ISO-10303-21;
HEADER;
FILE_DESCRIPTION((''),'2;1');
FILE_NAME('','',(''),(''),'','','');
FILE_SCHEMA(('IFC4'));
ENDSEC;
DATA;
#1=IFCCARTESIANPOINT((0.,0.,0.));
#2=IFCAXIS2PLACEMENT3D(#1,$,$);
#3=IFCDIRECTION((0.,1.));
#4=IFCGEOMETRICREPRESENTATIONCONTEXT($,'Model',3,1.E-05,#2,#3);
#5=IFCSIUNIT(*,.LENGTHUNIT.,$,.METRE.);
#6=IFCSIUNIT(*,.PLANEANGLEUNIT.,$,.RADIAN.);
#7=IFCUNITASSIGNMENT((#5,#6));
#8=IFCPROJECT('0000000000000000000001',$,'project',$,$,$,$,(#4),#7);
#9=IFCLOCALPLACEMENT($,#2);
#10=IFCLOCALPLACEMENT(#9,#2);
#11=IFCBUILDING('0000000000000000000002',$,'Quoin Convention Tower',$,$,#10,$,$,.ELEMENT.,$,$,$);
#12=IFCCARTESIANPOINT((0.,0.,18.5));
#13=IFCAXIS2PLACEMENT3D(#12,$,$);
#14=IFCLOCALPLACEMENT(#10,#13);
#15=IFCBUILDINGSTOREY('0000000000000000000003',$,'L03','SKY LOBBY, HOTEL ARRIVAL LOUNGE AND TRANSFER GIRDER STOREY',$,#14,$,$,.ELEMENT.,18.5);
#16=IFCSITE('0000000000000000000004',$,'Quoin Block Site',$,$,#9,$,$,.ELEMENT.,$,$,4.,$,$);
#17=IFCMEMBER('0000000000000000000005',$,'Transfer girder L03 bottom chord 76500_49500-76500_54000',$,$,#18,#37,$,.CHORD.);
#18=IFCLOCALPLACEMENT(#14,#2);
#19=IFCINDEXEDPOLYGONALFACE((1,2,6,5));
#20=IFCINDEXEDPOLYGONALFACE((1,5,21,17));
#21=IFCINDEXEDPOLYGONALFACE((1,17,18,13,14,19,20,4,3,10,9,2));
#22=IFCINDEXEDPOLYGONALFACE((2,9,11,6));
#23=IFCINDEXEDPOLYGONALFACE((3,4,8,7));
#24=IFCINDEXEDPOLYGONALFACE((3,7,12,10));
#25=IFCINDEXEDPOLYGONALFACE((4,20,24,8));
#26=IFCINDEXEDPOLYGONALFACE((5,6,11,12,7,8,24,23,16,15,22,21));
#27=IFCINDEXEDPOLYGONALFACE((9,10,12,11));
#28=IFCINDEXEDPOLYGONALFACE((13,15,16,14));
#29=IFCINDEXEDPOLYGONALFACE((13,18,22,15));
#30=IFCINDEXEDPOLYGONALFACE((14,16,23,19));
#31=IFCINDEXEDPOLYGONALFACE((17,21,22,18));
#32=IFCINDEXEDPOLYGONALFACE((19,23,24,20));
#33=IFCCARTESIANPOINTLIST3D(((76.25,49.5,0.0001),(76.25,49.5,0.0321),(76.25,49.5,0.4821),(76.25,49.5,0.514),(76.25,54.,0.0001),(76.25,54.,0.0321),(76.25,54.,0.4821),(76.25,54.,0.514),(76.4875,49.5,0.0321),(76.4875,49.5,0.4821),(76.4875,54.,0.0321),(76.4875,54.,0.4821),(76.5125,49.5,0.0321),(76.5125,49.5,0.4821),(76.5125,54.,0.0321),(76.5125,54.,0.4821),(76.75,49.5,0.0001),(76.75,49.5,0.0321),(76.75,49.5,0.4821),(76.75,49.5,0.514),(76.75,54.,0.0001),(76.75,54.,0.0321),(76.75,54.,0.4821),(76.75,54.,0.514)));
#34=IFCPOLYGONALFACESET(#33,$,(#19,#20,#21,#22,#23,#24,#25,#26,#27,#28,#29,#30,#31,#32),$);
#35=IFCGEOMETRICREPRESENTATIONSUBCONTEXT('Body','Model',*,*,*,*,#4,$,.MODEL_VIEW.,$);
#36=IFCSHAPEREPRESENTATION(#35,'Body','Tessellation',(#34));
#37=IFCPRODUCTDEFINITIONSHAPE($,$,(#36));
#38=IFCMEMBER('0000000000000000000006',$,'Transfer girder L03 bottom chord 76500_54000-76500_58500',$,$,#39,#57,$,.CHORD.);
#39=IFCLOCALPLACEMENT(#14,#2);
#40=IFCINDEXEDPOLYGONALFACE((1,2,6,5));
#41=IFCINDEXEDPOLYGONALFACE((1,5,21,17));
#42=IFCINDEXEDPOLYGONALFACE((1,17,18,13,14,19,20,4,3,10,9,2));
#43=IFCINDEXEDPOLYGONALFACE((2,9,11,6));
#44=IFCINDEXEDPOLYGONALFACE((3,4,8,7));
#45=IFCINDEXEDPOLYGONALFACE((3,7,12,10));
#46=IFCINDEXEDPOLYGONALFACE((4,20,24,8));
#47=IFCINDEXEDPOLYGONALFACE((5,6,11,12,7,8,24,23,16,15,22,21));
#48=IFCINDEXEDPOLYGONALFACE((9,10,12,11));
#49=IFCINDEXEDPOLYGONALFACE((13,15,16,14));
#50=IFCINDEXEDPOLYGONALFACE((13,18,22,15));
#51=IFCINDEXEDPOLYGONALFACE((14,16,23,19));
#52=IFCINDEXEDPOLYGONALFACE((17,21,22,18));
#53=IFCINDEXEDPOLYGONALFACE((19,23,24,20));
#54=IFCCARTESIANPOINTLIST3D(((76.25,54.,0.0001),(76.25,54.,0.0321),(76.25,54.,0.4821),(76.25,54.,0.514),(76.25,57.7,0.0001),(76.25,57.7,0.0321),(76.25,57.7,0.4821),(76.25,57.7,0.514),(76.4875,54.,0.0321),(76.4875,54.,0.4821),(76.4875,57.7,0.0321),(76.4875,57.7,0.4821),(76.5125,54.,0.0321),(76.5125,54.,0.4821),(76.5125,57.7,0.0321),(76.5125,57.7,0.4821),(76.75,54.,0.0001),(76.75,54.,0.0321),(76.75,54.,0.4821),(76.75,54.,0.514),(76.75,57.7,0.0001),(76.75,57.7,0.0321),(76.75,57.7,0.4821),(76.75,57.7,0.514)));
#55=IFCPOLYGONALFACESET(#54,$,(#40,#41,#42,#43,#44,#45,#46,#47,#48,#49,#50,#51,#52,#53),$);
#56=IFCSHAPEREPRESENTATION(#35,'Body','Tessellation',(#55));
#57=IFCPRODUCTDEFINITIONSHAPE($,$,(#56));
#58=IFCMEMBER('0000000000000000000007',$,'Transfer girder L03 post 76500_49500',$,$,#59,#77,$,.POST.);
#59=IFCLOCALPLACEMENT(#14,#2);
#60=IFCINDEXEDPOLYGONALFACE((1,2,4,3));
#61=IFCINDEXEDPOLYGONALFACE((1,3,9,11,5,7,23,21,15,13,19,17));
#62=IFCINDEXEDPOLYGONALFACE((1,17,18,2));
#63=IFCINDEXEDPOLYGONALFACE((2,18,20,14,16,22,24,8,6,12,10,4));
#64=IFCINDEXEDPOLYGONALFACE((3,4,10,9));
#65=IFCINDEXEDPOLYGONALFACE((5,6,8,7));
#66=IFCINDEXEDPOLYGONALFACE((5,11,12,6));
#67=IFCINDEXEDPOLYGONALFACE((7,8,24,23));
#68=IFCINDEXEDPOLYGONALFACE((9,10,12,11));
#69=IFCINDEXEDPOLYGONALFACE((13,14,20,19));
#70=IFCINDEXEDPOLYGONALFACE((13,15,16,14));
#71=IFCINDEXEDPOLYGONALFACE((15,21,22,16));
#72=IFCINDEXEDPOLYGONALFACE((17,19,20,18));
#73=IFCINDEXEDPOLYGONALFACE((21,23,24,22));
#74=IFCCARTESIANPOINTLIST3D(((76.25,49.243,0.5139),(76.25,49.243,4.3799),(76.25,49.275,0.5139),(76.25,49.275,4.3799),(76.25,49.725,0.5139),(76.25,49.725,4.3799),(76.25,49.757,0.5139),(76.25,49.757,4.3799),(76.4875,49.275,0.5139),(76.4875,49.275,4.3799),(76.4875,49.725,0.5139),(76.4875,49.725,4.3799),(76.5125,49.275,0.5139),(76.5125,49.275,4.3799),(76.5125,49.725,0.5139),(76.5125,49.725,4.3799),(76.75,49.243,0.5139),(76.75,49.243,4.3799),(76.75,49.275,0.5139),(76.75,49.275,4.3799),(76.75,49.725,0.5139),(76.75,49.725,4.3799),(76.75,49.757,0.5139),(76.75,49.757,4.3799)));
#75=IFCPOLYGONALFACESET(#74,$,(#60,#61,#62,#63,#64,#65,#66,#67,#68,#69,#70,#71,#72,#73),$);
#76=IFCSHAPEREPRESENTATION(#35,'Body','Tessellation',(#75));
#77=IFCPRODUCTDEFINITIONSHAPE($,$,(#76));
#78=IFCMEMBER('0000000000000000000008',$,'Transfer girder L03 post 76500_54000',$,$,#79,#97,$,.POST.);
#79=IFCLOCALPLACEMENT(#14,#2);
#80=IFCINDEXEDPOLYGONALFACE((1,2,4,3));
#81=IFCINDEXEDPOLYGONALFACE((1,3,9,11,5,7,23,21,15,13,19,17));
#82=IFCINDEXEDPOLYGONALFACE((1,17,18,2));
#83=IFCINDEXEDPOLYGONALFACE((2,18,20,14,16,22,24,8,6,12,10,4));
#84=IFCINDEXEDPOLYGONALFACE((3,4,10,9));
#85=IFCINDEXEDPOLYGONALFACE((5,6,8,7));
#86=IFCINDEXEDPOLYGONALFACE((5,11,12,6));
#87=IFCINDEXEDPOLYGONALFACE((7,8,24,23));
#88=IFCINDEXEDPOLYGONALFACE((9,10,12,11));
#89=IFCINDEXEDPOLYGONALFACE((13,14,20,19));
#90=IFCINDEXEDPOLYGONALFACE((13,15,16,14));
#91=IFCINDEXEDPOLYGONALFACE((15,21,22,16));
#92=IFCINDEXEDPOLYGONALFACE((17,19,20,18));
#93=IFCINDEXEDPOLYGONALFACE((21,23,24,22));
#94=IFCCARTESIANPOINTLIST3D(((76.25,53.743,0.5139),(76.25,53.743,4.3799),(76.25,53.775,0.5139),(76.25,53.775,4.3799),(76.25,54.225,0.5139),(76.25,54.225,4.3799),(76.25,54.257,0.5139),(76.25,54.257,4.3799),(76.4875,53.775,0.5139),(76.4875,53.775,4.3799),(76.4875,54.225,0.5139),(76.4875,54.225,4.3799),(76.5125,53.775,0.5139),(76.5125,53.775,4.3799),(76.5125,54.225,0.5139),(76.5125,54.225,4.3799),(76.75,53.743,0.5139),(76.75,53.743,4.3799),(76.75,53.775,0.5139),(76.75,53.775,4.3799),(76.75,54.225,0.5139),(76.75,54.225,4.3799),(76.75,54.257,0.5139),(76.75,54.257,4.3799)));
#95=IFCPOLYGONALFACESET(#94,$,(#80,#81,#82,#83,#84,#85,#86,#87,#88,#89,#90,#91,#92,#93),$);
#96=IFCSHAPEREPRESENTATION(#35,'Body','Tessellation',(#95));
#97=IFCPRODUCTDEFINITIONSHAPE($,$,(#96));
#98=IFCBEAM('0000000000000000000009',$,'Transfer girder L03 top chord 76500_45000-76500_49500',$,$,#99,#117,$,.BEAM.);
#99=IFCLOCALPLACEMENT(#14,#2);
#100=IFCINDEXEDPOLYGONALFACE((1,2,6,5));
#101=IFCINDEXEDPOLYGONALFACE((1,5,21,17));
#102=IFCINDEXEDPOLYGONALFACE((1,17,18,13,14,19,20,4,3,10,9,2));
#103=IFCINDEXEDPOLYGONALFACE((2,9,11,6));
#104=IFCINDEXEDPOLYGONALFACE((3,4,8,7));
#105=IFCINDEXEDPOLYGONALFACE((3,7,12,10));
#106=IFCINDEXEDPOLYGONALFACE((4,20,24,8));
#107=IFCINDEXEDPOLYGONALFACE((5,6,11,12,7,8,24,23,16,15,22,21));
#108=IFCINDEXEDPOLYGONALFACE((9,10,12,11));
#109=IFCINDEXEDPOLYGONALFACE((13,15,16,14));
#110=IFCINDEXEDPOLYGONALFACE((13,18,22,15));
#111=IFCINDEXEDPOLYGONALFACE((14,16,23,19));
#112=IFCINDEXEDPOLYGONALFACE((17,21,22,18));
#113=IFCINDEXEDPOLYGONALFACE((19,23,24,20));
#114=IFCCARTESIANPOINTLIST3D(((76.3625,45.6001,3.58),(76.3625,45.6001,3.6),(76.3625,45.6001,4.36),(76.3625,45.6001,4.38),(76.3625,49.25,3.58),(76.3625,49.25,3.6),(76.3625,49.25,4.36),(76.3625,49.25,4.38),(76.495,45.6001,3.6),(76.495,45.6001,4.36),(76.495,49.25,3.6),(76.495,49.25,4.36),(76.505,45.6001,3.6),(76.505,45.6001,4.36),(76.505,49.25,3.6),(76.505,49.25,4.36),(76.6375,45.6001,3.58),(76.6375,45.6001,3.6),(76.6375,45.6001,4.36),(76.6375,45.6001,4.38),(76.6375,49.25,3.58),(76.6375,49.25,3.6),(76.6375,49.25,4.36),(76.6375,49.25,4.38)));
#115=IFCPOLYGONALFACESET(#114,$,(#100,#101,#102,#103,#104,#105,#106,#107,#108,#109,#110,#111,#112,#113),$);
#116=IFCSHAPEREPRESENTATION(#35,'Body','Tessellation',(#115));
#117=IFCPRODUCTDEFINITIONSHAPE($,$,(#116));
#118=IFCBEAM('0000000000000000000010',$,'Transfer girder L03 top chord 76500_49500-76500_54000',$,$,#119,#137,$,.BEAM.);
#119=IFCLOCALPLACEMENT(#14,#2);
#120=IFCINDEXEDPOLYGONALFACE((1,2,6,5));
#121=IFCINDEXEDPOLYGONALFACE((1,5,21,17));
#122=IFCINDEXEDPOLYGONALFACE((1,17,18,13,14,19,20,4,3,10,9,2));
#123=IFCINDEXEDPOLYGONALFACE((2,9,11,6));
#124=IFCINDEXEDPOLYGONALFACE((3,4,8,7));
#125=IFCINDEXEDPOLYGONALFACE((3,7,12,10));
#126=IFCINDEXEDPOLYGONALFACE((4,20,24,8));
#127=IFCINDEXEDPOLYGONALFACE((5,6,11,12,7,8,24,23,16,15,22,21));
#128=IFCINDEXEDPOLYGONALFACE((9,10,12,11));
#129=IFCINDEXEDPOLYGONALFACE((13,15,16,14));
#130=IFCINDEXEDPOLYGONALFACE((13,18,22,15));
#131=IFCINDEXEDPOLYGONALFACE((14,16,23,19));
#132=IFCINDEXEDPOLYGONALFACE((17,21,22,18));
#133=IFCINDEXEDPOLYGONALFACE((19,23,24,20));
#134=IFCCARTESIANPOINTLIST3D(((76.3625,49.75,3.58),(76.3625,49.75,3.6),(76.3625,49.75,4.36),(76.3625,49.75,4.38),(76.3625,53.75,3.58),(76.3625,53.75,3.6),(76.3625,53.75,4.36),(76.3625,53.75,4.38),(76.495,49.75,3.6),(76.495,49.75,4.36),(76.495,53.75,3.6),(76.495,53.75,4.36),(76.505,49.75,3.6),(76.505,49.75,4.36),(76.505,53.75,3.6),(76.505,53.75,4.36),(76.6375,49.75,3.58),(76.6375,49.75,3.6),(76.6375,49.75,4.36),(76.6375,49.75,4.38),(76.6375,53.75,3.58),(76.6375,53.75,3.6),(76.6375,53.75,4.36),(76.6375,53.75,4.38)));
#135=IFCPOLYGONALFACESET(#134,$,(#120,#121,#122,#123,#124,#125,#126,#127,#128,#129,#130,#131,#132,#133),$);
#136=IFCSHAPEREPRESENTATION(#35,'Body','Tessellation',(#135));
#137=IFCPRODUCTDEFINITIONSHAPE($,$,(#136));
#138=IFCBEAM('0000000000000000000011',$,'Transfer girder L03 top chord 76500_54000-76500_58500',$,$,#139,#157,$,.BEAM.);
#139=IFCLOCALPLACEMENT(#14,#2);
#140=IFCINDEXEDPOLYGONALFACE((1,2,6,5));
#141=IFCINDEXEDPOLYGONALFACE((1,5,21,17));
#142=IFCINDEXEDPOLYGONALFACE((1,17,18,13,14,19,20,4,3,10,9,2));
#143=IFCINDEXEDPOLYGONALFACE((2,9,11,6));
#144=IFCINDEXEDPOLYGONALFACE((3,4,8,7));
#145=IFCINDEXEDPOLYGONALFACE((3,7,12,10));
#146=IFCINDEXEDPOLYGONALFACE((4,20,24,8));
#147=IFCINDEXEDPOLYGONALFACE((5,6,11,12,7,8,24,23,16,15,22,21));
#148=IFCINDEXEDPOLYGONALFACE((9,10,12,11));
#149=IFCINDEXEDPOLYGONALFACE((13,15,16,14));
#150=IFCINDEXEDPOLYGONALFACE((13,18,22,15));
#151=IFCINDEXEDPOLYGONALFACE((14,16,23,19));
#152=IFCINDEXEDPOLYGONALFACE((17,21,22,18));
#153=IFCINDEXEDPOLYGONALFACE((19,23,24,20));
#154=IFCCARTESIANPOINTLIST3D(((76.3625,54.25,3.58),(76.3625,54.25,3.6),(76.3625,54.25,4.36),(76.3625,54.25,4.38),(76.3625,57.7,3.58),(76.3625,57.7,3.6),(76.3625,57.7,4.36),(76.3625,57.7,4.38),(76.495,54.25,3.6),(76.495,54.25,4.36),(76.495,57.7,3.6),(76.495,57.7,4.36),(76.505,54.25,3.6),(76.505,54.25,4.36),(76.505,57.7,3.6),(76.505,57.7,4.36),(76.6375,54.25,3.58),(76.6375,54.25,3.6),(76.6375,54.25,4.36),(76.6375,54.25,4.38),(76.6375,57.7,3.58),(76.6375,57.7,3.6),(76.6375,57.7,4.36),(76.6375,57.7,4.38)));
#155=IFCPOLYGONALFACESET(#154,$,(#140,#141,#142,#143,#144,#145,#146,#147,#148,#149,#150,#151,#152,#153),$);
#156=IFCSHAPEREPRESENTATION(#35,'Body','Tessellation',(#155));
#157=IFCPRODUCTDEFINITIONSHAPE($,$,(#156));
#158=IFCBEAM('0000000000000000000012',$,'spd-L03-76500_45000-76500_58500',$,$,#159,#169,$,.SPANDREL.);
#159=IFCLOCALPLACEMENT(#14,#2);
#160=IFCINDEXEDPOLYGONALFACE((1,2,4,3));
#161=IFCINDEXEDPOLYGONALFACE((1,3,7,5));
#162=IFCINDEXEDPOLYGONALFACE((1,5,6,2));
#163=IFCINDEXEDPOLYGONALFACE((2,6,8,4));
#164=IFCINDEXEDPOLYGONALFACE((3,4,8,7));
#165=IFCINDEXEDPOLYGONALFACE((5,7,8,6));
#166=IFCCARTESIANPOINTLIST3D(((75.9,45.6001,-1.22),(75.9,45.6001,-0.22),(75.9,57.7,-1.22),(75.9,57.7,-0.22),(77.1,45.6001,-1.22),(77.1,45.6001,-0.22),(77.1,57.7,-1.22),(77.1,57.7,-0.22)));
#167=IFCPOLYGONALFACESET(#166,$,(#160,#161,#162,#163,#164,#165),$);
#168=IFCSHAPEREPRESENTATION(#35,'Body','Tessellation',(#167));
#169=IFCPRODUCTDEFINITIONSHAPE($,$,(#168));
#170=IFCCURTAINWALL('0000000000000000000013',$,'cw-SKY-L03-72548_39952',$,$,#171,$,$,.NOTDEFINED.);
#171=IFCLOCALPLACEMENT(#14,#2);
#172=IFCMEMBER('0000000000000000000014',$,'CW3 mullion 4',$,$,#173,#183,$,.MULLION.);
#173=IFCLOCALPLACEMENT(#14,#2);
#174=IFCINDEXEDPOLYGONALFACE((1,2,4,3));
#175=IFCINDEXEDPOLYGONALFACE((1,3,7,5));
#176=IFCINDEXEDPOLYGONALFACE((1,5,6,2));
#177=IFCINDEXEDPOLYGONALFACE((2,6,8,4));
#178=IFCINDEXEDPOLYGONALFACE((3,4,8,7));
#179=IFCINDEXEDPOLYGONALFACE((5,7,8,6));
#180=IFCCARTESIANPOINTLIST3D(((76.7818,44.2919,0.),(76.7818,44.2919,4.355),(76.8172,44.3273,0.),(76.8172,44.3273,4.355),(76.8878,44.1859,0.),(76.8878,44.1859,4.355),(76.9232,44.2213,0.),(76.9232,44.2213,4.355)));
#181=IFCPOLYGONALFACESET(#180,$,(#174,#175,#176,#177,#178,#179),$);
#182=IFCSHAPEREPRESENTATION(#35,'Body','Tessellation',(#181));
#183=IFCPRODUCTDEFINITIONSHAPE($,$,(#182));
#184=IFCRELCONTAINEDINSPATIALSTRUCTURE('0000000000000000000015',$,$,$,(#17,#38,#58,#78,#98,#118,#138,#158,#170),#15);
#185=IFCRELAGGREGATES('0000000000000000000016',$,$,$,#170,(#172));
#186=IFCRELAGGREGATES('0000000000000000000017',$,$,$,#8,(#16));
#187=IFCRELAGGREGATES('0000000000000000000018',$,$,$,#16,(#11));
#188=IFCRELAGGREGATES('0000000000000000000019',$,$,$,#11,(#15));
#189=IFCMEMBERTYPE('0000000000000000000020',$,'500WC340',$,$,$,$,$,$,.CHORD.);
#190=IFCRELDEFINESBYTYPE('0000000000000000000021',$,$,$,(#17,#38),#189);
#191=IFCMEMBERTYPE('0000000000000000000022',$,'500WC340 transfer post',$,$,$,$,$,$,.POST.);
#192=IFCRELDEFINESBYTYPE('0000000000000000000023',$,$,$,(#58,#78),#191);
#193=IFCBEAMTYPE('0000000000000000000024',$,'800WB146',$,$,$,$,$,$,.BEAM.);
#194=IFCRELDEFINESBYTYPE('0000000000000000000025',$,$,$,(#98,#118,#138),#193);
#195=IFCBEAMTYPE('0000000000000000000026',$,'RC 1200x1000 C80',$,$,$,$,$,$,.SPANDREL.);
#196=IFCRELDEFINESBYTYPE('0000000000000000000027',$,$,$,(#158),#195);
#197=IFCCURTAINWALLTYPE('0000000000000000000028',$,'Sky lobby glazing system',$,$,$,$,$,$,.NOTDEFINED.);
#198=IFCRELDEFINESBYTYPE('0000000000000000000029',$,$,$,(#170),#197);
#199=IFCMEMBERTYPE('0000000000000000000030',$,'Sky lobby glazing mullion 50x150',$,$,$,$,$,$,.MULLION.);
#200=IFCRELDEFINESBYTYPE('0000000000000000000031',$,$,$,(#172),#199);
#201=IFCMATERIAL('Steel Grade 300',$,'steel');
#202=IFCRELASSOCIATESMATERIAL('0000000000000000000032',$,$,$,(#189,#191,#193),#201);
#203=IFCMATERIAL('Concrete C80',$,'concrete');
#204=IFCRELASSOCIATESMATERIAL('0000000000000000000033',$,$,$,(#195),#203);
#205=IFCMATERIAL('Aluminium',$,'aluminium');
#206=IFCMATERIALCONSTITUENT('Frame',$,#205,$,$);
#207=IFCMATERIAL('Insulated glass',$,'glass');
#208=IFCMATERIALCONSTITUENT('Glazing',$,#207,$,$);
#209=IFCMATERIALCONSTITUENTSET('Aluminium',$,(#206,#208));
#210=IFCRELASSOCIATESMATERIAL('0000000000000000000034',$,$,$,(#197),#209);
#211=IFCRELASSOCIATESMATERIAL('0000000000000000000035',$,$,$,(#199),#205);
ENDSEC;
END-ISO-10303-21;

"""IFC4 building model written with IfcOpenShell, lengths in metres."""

from ifc_helpers import new_model, si_unit, direction, frame, origin, origin_2d, place, context, subcontext, project, spatial, rectangle, i_section, extrude, material, constituent, constituent_set, material_profile, profile_set, type_object, element, aggregate, save


model = new_model("IFC4")

# Units and contexts
model_context = context("Model", 3, precision=1e-05, world=origin(), true_north=direction((0.0, 1.0)))
body_context = subcontext(model_context, "Body", "Model", "MODEL_VIEW")
ifc_project = project(units=[si_unit("LENGTHUNIT", "METRE"), si_unit("PLANEANGLEUNIT", "RADIAN")], contexts=[model_context])

# Site, building, storey
site_placement = place(None, origin())
site = spatial("IfcSite", under=ifc_project, at=site_placement, Name="Quoin Block Site", CompositionType="ELEMENT", RefElevation=4.0)
building_placement = place(site_placement, origin())
building = spatial("IfcBuilding", under=site, at=building_placement, Name="Quoin Convention Tower", CompositionType="ELEMENT")
storey_placement = place(building_placement, frame((0.0, 0.0, 18.5)))
storey = spatial("IfcBuildingStorey", under=building, at=storey_placement, Name="L03", Description="SKY LOBBY, HOTEL ARRIVAL LOUNGE AND TRANSFER GIRDER STOREY", CompositionType="ELEMENT", Elevation=18.5)

# Shared definitions
ifc_material_1 = material(Name="Concrete C80", Category="concrete")

# Shared definitions
ifc_material_2 = material(Name="Steel Grade 300", Category="steel")

# Members
ifc_material_profile_1 = material_profile(ifc_material_2, i_section(OverallWidth=0.5, OverallDepth=0.5139, WebThickness=0.0249, FlangeThickness=0.032, at=origin_2d()), Name="500WC340")
ifc_profile_set_1 = profile_set([ifc_material_profile_1], Name="Steel Grade 300")
member_type_1 = type_object("IfcMemberType", Name="500WC340", PredefinedType="CHORD", material=ifc_profile_set_1)
member_1_placement = place(storey_placement, frame((76.5, 49.5, 0.2571), z_axis=(0.0, 1.0, 0.0), x_axis=(-1.0, 0.0, 0.0)))
element("IfcMember", 1, at=member_1_placement, inside=storey, type_object=member_type_1, Name="Transfer girder L03 bottom chord 76500_49500-76500_54000", PredefinedType="CHORD", context=body_context, shape_type="SweptSolid", body=[
    extrude(i_section(OverallWidth=0.5, OverallDepth=0.5139, WebThickness=0.0249, FlangeThickness=0.032, at=origin_2d()), origin(), (0.0, 0.0, 1.0), 4.5),
])
member_2_placement = place(storey_placement, frame((76.5, 54.0, 0.2571), z_axis=(0.0, 1.0, 0.0), x_axis=(-1.0, 0.0, 0.0)))
element("IfcMember", 2, at=member_2_placement, inside=storey, type_object=member_type_1, Name="Transfer girder L03 bottom chord 76500_54000-76500_58500", PredefinedType="CHORD", context=body_context, shape_type="SweptSolid", body=[
    extrude(i_section(OverallWidth=0.5, OverallDepth=0.5139, WebThickness=0.0249, FlangeThickness=0.032, at=origin_2d()), origin(), (0.0, 0.0, 1.0), 3.7),
])
ifc_material_profile_2 = material_profile(ifc_material_2, i_section(OverallWidth=0.5, OverallDepth=0.5139, WebThickness=0.0249, FlangeThickness=0.032, at=origin_2d()), Name="500WC340")
ifc_profile_set_2 = profile_set([ifc_material_profile_2], Name="Steel Grade 300")
member_type_2 = type_object("IfcMemberType", Name="500WC340 transfer post", PredefinedType="POST", material=ifc_profile_set_2)
for number, where, z_axis, x_axis, name in (
    (3, (76.5, 49.5, 0.5139), (0.0, 0.0, 1.0), (1.0, 0.0, 0.0), "Transfer girder L03 post 76500_49500"),
    (4, (76.5, 54.0, 0.5139), (0.0, 0.0, 1.0), (1.0, 0.0, 0.0), "Transfer girder L03 post 76500_54000"),
):
    element("IfcMember", number, at=place(storey_placement, frame(where, z_axis=z_axis, x_axis=x_axis)), inside=storey, type_object=member_type_2, Name=name, PredefinedType="POST", context=body_context, shape_type="SweptSolid", body=[
        extrude(i_section(OverallWidth=0.5, OverallDepth=0.5139, WebThickness=0.0249, FlangeThickness=0.032, at=origin_2d()), origin(), (0.0, 0.0, 1.0), 3.866),
    ])

# Beams
ifc_material_profile_3 = material_profile(ifc_material_2, i_section(OverallWidth=0.2749, OverallDepth=0.8, WebThickness=0.01, FlangeThickness=0.02, at=origin_2d()), Name="800WB146")
ifc_profile_set_3 = profile_set([ifc_material_profile_3], Name="Steel Grade 300")
beam_type_1 = type_object("IfcBeamType", Name="800WB146", PredefinedType="BEAM", material=ifc_profile_set_3)
beam_1_placement = place(storey_placement, frame((76.5, 45.6001, 3.98), z_axis=(0.0, 1.0, 0.0), x_axis=(-1.0, 0.0, 0.0)))
element("IfcBeam", 5, at=beam_1_placement, inside=storey, type_object=beam_type_1, Name="Transfer girder L03 top chord 76500_45000-76500_49500", PredefinedType="BEAM", context=body_context, shape_type="SweptSolid", body=[
    extrude(i_section(OverallWidth=0.2749, OverallDepth=0.8, WebThickness=0.01, FlangeThickness=0.02, at=origin_2d()), origin(), (0.0, 0.0, 1.0), 3.6499),
])
beam_2_placement = place(storey_placement, frame((76.5, 49.75, 3.98), z_axis=(0.0, 1.0, 0.0), x_axis=(-1.0, 0.0, 0.0)))
element("IfcBeam", 6, at=beam_2_placement, inside=storey, type_object=beam_type_1, Name="Transfer girder L03 top chord 76500_49500-76500_54000", PredefinedType="BEAM", context=body_context, shape_type="SweptSolid", body=[
    extrude(i_section(OverallWidth=0.2749, OverallDepth=0.8, WebThickness=0.01, FlangeThickness=0.02, at=origin_2d()), origin(), (0.0, 0.0, 1.0), 4.0),
])
beam_3_placement = place(storey_placement, frame((76.5, 54.25, 3.98), z_axis=(0.0, 1.0, 0.0), x_axis=(-1.0, 0.0, 0.0)))
element("IfcBeam", 7, at=beam_3_placement, inside=storey, type_object=beam_type_1, Name="Transfer girder L03 top chord 76500_54000-76500_58500", PredefinedType="BEAM", context=body_context, shape_type="SweptSolid", body=[
    extrude(i_section(OverallWidth=0.2749, OverallDepth=0.8, WebThickness=0.01, FlangeThickness=0.02, at=origin_2d()), origin(), (0.0, 0.0, 1.0), 3.45),
])
ifc_material_profile_4 = material_profile(ifc_material_1, rectangle(XDim=1.2, YDim=1.0, at=origin_2d()), Name="RC 1200x1000")
ifc_profile_set_4 = profile_set([ifc_material_profile_4], Name="Concrete C80")
beam_type_2 = type_object("IfcBeamType", Name="RC 1200x1000 C80", PredefinedType="SPANDREL", material=ifc_profile_set_4)
beam_4_placement = place(storey_placement, frame((76.5, 45.6001, -0.72), z_axis=(0.0, 1.0, 0.0), x_axis=(-1.0, 0.0, 0.0)))
element("IfcBeam", 8, at=beam_4_placement, inside=storey, type_object=beam_type_2, Name="spd-L03-76500_45000-76500_58500", PredefinedType="SPANDREL", context=body_context, shape_type="SweptSolid", body=[
    extrude(rectangle(XDim=1.2, YDim=1.0, at=origin_2d()), origin(), (0.0, 0.0, 1.0), 12.0999),
])

# Curtain wall, member
ifc_material_3 = material(Name="Aluminium", Category="aluminium")
ifc_constituent_1 = constituent(ifc_material_3, Name="Frame")
ifc_material_4 = material(Name="Insulated glass", Category="glass")
ifc_constituent_2 = constituent(ifc_material_4, Name="Glazing")
ifc_constituent_set_1 = constituent_set(constituents=[ifc_constituent_1, ifc_constituent_2], Name="Aluminium")
curtain_wall_type = type_object("IfcCurtainWallType", Name="Sky lobby glazing system", PredefinedType="NOTDEFINED", material=ifc_constituent_set_1)
curtain_wall_placement = place(storey_placement, origin())
curtain_wall = element("IfcCurtainWall", 9, at=curtain_wall_placement, inside=storey, type_object=curtain_wall_type, Name="cw-SKY-L03-72548_39952", PredefinedType="NOTDEFINED")
ifc_material_profile_5 = material_profile(ifc_material_3, rectangle(XDim=0.1499, YDim=0.05, at=origin_2d()), Name="Sky lobby glazing mullion 50x150")
ifc_profile_set_5 = profile_set([ifc_material_profile_5], Name="Aluminium")
member_type_3 = type_object("IfcMemberType", Name="Sky lobby glazing mullion 50x150", PredefinedType="MULLION", material=ifc_profile_set_5)
member_3_placement = place(storey_placement, frame((76.8525, 44.2566, 0.0), z_axis=(0.0, 0.0, 1.0), x_axis=(-0.707107, 0.707107, 0.0)))
member_3 = element("IfcMember", 10, at=member_3_placement, type_object=member_type_3, Name="CW3 mullion 4", PredefinedType="MULLION", context=body_context, shape_type="SweptSolid", body=[
    extrude(rectangle(XDim=0.1499, YDim=0.05, at=origin_2d()), origin(), (0.0, 0.0, 1.0), 4.355),
])
aggregate(curtain_wall, [member_3])

save(model, "model.ifc")
